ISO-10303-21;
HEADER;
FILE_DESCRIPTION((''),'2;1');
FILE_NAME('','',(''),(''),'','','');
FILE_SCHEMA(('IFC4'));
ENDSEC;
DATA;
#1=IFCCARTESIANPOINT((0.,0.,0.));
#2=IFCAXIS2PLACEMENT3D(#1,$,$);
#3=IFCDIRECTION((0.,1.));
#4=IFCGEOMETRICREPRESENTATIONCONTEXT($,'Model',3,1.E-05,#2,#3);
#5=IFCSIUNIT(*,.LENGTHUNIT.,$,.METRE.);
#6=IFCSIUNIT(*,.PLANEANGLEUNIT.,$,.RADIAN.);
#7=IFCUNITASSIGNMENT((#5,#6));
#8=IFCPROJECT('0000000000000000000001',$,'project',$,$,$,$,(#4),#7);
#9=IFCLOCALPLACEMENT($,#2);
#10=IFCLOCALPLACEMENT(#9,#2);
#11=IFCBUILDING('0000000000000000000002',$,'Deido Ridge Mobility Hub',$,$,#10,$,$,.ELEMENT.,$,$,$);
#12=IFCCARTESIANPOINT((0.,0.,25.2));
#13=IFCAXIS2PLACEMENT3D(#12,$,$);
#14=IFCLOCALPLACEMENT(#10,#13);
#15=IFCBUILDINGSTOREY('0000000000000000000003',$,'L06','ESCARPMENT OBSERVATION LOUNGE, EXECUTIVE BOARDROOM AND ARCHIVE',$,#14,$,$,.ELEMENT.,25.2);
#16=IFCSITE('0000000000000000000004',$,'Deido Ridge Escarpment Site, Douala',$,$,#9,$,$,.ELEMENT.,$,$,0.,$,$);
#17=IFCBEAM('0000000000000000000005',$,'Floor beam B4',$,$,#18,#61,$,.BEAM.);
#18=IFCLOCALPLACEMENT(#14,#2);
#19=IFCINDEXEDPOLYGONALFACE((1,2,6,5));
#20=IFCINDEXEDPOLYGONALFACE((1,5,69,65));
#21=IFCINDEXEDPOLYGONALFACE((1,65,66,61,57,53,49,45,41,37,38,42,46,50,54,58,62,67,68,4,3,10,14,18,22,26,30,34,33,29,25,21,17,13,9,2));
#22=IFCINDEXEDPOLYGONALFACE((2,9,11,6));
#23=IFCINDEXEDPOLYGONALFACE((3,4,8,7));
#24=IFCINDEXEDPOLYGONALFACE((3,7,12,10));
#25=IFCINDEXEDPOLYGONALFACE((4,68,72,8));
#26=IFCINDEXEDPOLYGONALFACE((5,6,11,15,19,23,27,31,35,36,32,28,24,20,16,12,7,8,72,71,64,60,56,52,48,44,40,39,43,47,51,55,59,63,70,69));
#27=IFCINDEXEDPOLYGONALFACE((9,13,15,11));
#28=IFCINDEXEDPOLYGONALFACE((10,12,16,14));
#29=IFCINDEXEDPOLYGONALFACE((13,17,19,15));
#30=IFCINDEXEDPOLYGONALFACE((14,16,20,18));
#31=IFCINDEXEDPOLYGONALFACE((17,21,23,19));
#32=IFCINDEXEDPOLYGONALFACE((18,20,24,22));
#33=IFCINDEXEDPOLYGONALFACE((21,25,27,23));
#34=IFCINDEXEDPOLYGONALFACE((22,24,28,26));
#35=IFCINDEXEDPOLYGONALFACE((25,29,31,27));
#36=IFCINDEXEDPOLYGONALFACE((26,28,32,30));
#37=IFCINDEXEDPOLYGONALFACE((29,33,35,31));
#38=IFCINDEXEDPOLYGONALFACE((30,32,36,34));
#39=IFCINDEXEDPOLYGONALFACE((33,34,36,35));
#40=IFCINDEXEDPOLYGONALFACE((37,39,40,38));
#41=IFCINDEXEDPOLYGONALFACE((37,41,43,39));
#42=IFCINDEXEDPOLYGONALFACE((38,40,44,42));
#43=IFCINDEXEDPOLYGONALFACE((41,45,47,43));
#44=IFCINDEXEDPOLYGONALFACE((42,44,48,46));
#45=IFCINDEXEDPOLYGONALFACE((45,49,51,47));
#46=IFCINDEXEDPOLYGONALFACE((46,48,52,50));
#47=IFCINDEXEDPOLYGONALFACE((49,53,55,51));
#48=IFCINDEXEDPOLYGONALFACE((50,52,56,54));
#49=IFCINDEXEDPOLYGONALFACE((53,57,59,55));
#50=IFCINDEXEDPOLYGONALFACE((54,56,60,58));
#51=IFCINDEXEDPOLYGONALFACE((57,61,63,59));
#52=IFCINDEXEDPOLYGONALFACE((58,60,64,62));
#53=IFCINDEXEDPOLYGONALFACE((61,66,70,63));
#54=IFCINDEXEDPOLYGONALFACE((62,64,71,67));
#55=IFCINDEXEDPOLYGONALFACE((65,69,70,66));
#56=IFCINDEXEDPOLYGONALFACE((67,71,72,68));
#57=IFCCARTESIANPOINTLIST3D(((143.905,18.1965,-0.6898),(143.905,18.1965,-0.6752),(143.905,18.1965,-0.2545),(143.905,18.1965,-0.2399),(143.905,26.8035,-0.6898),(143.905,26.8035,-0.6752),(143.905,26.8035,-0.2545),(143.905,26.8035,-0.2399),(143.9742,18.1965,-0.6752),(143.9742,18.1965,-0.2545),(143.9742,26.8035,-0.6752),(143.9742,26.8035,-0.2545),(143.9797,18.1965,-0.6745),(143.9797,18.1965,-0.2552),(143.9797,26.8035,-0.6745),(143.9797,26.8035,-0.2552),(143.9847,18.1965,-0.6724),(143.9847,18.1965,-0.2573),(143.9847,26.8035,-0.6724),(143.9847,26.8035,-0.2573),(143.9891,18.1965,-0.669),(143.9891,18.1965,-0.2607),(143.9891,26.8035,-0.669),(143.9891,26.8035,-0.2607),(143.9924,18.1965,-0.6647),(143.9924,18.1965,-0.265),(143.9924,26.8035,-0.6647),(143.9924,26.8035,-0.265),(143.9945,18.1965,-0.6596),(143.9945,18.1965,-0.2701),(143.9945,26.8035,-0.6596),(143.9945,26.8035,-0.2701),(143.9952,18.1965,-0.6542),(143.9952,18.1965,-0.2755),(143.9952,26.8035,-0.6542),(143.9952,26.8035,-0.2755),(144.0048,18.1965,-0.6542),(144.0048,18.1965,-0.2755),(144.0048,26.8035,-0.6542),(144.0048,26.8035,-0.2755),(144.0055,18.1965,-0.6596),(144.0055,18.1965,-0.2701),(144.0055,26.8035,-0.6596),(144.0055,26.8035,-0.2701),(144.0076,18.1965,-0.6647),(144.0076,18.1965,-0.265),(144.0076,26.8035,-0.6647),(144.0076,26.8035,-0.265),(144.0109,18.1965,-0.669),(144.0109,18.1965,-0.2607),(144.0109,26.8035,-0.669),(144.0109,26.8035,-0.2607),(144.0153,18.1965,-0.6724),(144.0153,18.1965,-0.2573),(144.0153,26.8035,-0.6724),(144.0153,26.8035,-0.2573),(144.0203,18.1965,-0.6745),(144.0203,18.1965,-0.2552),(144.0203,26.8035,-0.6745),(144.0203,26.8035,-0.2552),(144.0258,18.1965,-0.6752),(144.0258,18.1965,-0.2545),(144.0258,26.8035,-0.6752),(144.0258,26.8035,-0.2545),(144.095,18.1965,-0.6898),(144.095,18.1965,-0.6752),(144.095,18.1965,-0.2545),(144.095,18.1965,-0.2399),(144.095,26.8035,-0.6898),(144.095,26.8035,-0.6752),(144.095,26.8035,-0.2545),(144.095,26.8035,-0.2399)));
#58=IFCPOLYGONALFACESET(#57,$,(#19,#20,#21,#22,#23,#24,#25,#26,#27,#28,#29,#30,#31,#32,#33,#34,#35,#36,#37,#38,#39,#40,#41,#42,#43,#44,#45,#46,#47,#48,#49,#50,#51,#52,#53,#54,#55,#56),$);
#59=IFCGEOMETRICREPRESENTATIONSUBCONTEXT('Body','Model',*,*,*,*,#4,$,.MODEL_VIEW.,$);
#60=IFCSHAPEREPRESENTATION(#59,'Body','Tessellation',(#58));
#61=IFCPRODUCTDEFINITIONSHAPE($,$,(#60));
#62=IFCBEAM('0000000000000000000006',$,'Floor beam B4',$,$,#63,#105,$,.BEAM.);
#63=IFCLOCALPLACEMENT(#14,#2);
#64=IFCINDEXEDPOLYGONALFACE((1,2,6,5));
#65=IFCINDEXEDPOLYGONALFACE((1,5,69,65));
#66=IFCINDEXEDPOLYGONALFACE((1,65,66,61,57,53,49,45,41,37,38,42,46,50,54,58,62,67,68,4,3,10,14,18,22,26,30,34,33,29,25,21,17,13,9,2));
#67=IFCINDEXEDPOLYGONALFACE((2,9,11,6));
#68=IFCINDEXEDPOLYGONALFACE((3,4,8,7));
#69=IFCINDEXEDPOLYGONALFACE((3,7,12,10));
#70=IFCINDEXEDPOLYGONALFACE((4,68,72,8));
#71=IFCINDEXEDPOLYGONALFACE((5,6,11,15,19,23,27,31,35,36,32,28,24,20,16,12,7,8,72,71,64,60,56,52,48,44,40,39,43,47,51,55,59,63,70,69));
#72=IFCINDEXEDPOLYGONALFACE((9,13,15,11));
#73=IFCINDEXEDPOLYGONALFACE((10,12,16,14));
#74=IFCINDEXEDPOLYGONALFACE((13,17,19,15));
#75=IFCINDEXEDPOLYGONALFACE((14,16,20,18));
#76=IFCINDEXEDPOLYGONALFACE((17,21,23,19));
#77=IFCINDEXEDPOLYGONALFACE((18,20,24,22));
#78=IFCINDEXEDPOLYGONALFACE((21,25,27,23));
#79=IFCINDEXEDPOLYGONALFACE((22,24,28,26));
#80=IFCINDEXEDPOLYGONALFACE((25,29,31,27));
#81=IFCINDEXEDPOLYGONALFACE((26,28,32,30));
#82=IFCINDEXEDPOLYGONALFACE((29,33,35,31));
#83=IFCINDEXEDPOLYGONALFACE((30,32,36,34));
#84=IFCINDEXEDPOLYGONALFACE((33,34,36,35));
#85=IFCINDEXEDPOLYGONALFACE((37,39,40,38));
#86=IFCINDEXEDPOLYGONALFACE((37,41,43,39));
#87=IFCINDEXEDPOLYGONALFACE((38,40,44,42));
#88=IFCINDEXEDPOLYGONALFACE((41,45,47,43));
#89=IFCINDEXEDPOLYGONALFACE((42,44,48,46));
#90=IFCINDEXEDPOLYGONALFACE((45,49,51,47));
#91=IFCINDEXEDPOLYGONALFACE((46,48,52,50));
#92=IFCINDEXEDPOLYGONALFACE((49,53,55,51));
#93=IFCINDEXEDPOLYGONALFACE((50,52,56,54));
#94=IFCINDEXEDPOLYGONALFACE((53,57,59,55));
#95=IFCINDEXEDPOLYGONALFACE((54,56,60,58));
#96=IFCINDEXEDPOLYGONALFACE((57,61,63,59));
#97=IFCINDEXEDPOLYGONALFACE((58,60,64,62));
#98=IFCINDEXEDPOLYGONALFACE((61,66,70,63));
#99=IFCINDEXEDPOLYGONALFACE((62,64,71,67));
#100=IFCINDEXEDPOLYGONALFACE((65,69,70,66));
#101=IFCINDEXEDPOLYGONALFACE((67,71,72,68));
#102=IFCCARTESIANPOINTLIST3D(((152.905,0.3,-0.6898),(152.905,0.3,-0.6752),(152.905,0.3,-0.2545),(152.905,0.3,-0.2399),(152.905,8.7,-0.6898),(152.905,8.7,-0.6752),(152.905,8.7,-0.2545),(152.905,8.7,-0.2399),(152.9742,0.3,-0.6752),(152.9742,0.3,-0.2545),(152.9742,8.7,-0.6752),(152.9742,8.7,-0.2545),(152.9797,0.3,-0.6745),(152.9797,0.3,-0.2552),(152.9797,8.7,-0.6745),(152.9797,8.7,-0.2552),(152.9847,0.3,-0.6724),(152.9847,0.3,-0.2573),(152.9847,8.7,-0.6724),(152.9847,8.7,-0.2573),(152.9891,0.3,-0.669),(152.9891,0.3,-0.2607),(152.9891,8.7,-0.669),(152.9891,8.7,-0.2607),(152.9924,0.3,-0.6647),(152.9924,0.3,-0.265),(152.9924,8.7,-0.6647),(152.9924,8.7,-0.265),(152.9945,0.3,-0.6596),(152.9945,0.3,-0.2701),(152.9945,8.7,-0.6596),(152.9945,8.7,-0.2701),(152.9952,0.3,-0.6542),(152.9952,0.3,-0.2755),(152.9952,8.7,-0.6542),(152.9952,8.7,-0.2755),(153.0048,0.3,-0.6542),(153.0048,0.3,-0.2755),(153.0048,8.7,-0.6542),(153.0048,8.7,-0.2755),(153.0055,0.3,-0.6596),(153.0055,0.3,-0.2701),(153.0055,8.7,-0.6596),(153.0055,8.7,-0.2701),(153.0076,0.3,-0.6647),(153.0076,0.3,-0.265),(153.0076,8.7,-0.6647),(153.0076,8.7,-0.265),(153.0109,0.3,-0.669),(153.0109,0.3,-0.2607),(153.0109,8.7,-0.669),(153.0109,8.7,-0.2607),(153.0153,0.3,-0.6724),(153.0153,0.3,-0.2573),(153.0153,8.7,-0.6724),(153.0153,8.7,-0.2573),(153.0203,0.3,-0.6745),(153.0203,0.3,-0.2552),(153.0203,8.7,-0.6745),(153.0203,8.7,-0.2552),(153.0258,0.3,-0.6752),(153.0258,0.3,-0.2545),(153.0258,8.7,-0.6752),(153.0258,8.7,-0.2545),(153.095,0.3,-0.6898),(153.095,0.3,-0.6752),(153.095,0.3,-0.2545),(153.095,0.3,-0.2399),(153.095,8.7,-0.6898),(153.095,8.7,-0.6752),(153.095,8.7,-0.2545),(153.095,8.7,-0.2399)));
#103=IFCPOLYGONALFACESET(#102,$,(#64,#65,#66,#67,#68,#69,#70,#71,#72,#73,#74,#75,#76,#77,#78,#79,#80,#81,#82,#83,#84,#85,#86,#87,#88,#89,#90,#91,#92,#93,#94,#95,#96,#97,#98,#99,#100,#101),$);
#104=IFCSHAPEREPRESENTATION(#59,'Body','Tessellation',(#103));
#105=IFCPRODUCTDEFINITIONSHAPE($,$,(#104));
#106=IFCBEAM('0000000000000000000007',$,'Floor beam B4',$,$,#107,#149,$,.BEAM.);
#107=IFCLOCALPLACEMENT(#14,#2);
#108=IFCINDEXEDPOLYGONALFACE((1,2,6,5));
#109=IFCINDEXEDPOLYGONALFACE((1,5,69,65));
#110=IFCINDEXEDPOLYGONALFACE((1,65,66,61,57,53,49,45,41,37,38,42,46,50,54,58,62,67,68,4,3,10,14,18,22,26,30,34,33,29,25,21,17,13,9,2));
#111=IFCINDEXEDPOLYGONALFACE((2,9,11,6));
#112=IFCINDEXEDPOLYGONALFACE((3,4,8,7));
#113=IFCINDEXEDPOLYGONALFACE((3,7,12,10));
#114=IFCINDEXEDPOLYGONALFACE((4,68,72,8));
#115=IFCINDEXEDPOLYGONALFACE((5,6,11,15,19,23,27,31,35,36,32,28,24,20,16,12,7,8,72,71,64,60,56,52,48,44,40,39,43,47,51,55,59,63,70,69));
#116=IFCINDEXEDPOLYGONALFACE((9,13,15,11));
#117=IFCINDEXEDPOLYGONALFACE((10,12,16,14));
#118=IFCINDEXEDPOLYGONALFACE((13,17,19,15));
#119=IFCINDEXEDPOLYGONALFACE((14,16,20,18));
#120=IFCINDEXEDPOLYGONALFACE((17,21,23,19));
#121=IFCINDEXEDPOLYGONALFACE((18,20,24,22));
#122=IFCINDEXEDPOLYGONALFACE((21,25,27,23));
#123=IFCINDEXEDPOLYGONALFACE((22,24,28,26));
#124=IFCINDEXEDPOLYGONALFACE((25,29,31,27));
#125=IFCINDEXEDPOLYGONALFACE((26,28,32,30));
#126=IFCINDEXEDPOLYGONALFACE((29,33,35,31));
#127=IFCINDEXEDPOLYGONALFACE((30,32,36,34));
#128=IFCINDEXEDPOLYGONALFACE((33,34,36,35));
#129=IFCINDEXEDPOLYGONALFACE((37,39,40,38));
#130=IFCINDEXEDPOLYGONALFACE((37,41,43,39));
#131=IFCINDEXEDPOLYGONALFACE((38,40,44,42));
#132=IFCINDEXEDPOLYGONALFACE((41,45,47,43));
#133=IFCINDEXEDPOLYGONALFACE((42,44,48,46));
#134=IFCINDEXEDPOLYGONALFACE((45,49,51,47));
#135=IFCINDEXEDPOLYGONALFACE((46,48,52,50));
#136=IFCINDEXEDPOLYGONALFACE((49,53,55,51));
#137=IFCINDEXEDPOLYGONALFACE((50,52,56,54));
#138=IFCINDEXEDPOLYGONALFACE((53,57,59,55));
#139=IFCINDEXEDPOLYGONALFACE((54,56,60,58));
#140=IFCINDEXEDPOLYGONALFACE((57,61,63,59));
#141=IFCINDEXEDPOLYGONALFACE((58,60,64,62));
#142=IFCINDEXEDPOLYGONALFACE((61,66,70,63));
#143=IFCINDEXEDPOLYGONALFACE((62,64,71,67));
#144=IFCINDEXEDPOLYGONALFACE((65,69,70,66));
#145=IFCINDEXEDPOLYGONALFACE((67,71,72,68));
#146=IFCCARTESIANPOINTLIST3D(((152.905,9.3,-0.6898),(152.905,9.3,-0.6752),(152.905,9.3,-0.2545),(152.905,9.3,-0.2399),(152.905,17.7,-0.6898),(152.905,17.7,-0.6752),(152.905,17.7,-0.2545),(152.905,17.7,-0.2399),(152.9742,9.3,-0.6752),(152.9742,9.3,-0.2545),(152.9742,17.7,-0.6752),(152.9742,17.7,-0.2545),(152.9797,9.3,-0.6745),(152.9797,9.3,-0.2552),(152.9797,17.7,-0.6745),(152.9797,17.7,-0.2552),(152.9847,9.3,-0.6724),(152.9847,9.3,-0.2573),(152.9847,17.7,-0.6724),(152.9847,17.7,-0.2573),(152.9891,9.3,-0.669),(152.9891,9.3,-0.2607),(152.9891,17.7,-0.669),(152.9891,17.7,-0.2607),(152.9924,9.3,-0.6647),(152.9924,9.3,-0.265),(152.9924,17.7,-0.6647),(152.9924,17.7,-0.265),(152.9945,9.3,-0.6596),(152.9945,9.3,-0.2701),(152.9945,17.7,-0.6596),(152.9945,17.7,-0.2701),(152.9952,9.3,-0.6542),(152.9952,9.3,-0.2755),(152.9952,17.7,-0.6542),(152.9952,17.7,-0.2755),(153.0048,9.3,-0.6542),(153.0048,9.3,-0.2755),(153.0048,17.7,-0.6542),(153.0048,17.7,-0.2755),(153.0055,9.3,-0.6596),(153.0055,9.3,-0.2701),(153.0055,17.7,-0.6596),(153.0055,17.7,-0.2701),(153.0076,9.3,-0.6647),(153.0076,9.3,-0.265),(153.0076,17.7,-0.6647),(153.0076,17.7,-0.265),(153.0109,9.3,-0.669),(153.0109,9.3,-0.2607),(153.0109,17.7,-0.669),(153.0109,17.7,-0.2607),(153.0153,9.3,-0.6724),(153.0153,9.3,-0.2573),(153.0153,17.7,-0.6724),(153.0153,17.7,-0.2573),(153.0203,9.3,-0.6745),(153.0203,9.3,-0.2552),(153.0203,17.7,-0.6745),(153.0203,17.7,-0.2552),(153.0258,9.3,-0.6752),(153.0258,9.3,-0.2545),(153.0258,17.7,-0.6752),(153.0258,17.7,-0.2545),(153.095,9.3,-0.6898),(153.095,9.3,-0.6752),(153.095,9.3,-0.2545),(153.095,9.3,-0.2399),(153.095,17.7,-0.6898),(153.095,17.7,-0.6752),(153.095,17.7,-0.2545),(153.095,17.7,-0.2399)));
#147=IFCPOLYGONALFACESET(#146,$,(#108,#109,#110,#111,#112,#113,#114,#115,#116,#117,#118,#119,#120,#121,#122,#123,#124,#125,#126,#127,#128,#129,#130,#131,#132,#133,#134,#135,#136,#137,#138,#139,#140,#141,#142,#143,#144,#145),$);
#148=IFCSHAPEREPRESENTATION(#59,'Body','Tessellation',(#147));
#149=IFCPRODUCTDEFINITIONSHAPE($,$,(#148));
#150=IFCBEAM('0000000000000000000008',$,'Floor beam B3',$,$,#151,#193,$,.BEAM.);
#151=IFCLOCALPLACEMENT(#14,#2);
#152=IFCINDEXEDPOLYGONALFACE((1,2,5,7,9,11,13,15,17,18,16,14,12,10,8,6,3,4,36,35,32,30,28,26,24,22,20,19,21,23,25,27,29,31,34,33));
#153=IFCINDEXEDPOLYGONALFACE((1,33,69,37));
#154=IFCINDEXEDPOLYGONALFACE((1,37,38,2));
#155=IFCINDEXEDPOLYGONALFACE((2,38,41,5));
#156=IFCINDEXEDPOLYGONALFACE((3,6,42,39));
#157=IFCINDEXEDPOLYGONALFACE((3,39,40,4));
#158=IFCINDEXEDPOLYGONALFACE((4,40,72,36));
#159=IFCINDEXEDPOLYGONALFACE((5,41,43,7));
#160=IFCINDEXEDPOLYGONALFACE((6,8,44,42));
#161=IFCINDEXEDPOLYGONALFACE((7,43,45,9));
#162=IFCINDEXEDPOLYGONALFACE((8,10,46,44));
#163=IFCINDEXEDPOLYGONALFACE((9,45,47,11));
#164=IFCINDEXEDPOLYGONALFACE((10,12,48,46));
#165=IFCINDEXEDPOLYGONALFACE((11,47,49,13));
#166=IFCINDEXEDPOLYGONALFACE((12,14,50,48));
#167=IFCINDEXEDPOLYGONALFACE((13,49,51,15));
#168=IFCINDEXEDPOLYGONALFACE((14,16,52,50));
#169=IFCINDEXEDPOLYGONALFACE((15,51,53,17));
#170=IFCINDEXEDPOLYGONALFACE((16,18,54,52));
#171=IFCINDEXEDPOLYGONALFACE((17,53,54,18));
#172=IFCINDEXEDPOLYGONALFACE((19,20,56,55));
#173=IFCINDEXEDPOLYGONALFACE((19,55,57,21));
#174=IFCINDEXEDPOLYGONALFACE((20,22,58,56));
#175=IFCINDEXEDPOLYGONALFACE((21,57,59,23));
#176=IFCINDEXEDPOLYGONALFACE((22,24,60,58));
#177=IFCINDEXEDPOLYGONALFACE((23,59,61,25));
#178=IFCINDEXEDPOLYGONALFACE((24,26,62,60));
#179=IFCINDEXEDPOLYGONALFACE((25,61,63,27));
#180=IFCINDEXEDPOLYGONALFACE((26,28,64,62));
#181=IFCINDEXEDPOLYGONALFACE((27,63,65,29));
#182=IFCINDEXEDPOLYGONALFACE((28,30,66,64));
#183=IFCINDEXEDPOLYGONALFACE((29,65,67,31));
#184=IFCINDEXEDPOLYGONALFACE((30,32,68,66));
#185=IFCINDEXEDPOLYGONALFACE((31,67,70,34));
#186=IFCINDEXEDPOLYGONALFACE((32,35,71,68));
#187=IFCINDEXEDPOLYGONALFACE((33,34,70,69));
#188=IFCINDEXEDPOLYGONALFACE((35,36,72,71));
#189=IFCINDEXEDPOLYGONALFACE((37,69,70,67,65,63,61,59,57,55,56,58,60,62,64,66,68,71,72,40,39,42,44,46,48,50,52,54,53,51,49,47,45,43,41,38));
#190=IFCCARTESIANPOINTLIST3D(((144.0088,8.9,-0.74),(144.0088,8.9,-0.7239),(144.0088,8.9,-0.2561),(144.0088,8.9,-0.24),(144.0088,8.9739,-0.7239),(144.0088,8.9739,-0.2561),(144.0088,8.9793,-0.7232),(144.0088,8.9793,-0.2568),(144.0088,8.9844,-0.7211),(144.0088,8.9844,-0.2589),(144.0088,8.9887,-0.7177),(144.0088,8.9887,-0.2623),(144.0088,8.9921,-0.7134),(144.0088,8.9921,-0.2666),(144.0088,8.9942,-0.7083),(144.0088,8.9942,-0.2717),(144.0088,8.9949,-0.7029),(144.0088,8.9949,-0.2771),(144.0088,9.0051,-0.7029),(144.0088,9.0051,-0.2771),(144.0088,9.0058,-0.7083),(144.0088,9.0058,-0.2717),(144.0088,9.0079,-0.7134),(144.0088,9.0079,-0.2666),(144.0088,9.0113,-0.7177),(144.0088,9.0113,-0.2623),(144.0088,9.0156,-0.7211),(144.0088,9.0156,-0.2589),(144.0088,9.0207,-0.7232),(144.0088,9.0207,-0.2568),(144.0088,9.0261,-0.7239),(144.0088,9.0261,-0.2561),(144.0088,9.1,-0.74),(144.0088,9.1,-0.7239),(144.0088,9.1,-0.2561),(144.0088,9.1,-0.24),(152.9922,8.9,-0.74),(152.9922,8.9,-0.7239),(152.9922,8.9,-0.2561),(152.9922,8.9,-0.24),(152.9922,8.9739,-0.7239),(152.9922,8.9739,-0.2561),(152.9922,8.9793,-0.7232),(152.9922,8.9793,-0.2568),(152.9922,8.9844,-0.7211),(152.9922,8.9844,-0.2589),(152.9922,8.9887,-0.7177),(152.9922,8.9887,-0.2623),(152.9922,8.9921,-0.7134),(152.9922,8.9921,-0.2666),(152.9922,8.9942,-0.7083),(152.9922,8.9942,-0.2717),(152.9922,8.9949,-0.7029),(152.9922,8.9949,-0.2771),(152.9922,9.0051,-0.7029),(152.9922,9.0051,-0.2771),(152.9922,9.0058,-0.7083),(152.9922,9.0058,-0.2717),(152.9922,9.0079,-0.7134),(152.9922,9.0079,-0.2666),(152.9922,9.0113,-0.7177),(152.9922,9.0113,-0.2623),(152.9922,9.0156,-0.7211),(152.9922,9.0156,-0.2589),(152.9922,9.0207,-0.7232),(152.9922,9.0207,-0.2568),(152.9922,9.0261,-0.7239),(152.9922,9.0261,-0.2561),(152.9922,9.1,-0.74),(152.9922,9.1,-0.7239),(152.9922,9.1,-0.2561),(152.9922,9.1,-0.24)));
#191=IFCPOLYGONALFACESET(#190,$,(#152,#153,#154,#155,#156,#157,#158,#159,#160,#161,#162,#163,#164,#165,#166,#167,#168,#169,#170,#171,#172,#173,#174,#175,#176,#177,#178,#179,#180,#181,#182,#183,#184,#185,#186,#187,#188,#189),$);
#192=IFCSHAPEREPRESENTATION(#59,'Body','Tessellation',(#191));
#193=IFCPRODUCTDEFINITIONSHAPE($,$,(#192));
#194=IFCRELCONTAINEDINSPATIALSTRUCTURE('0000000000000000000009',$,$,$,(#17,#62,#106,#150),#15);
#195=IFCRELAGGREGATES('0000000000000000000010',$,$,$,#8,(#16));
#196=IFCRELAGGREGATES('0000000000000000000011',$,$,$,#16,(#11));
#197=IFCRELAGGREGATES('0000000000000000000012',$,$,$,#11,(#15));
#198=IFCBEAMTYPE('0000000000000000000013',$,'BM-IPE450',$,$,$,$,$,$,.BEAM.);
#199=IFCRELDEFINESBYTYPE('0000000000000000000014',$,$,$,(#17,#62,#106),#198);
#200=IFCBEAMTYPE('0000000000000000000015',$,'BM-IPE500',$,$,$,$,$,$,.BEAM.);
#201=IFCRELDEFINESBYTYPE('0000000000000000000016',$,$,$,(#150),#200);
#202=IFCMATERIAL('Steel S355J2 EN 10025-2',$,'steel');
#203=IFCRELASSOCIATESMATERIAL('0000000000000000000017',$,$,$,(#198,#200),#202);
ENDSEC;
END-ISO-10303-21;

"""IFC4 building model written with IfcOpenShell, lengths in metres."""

from ifc_helpers import new_model, si_unit, direction, frame, origin, origin_2d, place, context, subcontext, project, spatial, i_section, extrude, material, material_profile, profile_set, type_object, element, save


model = new_model("IFC4")

# Units and contexts
model_context = context("Model", 3, precision=1e-05, world=origin(), true_north=direction((0.0, 1.0)))
body_context = subcontext(model_context, "Body", "Model", "MODEL_VIEW")
ifc_project = project(units=[si_unit("LENGTHUNIT", "METRE"), si_unit("PLANEANGLEUNIT", "RADIAN")], contexts=[model_context])

# Site, building, storey
site_placement = place(None, origin())
site = spatial("IfcSite", under=ifc_project, at=site_placement, Name="Deido Ridge Escarpment Site, Douala", CompositionType="ELEMENT", RefElevation=0.0)
building_placement = place(site_placement, origin())
building = spatial("IfcBuilding", under=site, at=building_placement, Name="Deido Ridge Mobility Hub", CompositionType="ELEMENT")
storey_placement = place(building_placement, frame((0.0, 0.0, 25.2)))
storey = spatial("IfcBuildingStorey", under=building, at=storey_placement, Name="L06", Description="ESCARPMENT OBSERVATION LOUNGE, EXECUTIVE BOARDROOM AND ARCHIVE", CompositionType="ELEMENT", Elevation=25.2)

# Shared definitions
ifc_material_1 = material(Name="Steel S355J2 EN 10025-2", Category="steel")

# Beams
ifc_material_profile_1 = material_profile(ifc_material_1, i_section(OverallWidth=0.1899, OverallDepth=0.45, WebThickness=0.0095, FlangeThickness=0.0146, FilletRadius=0.021, at=origin_2d()), Name="IPE 450")
ifc_profile_set_1 = profile_set([ifc_material_profile_1], Name="Steel S355J2 EN 10025-2")
beam_type_1 = type_object("IfcBeamType", Name="BM-IPE450", PredefinedType="BEAM", material=ifc_profile_set_1)
for number, where, z_axis, x_axis, name in (
    (1, (144.0, 18.1965, -0.4648), (0.0, 1.0, 0.0), (-1.0, 0.0, 0.0), "Floor beam B4"),
):
    element("IfcBeam", number, at=place(storey_placement, frame(where, z_axis=z_axis, x_axis=x_axis)), inside=storey, type_object=beam_type_1, Name=name, PredefinedType="BEAM", context=body_context, shape_type="SweptSolid", body=[
        extrude(i_section(OverallWidth=0.1899, OverallDepth=0.45, WebThickness=0.0095, FlangeThickness=0.0146, FilletRadius=0.021, at=origin_2d()), origin(), (0.0, 0.0, 1.0), 8.6069),
    ])
for number, where, z_axis, x_axis, name in (
    (2, (153.0, 0.3, -0.4648), (0.0, 1.0, 0.0), (-1.0, 0.0, 0.0), "Floor beam B4"),
    (3, (153.0, 9.3, -0.4648), (0.0, 1.0, 0.0), (-1.0, 0.0, 0.0), "Floor beam B4"),
):
    element("IfcBeam", number, at=place(storey_placement, frame(where, z_axis=z_axis, x_axis=x_axis)), inside=storey, type_object=beam_type_1, Name=name, PredefinedType="BEAM", context=body_context, shape_type="SweptSolid", body=[
        extrude(i_section(OverallWidth=0.1899, OverallDepth=0.45, WebThickness=0.0095, FlangeThickness=0.0146, FilletRadius=0.021, at=origin_2d()), origin(), (0.0, 0.0, 1.0), 8.3999),
    ])
ifc_material_profile_2 = material_profile(ifc_material_1, i_section(OverallWidth=0.2, OverallDepth=0.5, WebThickness=0.0103, FlangeThickness=0.0161, FilletRadius=0.021, at=origin_2d()), Name="IPE 500")
ifc_profile_set_2 = profile_set([ifc_material_profile_2], Name="Steel S355J2 EN 10025-2")
beam_type_2 = type_object("IfcBeamType", Name="BM-IPE500", PredefinedType="BEAM", material=ifc_profile_set_2)
beam_1_placement = place(storey_placement, frame((144.0088, 9.0, -0.49), z_axis=(1.0, 0.0, 0.0), x_axis=(0.0, 1.0, 0.0)))
element("IfcBeam", 4, at=beam_1_placement, inside=storey, type_object=beam_type_2, Name="Floor beam B3", PredefinedType="BEAM", context=body_context, shape_type="SweptSolid", body=[
    extrude(i_section(OverallWidth=0.2, OverallDepth=0.5, WebThickness=0.0103, FlangeThickness=0.0161, FilletRadius=0.021, at=origin_2d()), origin(), (0.0, 0.0, 1.0), 8.9834),
])

save(model, "model.ifc")
